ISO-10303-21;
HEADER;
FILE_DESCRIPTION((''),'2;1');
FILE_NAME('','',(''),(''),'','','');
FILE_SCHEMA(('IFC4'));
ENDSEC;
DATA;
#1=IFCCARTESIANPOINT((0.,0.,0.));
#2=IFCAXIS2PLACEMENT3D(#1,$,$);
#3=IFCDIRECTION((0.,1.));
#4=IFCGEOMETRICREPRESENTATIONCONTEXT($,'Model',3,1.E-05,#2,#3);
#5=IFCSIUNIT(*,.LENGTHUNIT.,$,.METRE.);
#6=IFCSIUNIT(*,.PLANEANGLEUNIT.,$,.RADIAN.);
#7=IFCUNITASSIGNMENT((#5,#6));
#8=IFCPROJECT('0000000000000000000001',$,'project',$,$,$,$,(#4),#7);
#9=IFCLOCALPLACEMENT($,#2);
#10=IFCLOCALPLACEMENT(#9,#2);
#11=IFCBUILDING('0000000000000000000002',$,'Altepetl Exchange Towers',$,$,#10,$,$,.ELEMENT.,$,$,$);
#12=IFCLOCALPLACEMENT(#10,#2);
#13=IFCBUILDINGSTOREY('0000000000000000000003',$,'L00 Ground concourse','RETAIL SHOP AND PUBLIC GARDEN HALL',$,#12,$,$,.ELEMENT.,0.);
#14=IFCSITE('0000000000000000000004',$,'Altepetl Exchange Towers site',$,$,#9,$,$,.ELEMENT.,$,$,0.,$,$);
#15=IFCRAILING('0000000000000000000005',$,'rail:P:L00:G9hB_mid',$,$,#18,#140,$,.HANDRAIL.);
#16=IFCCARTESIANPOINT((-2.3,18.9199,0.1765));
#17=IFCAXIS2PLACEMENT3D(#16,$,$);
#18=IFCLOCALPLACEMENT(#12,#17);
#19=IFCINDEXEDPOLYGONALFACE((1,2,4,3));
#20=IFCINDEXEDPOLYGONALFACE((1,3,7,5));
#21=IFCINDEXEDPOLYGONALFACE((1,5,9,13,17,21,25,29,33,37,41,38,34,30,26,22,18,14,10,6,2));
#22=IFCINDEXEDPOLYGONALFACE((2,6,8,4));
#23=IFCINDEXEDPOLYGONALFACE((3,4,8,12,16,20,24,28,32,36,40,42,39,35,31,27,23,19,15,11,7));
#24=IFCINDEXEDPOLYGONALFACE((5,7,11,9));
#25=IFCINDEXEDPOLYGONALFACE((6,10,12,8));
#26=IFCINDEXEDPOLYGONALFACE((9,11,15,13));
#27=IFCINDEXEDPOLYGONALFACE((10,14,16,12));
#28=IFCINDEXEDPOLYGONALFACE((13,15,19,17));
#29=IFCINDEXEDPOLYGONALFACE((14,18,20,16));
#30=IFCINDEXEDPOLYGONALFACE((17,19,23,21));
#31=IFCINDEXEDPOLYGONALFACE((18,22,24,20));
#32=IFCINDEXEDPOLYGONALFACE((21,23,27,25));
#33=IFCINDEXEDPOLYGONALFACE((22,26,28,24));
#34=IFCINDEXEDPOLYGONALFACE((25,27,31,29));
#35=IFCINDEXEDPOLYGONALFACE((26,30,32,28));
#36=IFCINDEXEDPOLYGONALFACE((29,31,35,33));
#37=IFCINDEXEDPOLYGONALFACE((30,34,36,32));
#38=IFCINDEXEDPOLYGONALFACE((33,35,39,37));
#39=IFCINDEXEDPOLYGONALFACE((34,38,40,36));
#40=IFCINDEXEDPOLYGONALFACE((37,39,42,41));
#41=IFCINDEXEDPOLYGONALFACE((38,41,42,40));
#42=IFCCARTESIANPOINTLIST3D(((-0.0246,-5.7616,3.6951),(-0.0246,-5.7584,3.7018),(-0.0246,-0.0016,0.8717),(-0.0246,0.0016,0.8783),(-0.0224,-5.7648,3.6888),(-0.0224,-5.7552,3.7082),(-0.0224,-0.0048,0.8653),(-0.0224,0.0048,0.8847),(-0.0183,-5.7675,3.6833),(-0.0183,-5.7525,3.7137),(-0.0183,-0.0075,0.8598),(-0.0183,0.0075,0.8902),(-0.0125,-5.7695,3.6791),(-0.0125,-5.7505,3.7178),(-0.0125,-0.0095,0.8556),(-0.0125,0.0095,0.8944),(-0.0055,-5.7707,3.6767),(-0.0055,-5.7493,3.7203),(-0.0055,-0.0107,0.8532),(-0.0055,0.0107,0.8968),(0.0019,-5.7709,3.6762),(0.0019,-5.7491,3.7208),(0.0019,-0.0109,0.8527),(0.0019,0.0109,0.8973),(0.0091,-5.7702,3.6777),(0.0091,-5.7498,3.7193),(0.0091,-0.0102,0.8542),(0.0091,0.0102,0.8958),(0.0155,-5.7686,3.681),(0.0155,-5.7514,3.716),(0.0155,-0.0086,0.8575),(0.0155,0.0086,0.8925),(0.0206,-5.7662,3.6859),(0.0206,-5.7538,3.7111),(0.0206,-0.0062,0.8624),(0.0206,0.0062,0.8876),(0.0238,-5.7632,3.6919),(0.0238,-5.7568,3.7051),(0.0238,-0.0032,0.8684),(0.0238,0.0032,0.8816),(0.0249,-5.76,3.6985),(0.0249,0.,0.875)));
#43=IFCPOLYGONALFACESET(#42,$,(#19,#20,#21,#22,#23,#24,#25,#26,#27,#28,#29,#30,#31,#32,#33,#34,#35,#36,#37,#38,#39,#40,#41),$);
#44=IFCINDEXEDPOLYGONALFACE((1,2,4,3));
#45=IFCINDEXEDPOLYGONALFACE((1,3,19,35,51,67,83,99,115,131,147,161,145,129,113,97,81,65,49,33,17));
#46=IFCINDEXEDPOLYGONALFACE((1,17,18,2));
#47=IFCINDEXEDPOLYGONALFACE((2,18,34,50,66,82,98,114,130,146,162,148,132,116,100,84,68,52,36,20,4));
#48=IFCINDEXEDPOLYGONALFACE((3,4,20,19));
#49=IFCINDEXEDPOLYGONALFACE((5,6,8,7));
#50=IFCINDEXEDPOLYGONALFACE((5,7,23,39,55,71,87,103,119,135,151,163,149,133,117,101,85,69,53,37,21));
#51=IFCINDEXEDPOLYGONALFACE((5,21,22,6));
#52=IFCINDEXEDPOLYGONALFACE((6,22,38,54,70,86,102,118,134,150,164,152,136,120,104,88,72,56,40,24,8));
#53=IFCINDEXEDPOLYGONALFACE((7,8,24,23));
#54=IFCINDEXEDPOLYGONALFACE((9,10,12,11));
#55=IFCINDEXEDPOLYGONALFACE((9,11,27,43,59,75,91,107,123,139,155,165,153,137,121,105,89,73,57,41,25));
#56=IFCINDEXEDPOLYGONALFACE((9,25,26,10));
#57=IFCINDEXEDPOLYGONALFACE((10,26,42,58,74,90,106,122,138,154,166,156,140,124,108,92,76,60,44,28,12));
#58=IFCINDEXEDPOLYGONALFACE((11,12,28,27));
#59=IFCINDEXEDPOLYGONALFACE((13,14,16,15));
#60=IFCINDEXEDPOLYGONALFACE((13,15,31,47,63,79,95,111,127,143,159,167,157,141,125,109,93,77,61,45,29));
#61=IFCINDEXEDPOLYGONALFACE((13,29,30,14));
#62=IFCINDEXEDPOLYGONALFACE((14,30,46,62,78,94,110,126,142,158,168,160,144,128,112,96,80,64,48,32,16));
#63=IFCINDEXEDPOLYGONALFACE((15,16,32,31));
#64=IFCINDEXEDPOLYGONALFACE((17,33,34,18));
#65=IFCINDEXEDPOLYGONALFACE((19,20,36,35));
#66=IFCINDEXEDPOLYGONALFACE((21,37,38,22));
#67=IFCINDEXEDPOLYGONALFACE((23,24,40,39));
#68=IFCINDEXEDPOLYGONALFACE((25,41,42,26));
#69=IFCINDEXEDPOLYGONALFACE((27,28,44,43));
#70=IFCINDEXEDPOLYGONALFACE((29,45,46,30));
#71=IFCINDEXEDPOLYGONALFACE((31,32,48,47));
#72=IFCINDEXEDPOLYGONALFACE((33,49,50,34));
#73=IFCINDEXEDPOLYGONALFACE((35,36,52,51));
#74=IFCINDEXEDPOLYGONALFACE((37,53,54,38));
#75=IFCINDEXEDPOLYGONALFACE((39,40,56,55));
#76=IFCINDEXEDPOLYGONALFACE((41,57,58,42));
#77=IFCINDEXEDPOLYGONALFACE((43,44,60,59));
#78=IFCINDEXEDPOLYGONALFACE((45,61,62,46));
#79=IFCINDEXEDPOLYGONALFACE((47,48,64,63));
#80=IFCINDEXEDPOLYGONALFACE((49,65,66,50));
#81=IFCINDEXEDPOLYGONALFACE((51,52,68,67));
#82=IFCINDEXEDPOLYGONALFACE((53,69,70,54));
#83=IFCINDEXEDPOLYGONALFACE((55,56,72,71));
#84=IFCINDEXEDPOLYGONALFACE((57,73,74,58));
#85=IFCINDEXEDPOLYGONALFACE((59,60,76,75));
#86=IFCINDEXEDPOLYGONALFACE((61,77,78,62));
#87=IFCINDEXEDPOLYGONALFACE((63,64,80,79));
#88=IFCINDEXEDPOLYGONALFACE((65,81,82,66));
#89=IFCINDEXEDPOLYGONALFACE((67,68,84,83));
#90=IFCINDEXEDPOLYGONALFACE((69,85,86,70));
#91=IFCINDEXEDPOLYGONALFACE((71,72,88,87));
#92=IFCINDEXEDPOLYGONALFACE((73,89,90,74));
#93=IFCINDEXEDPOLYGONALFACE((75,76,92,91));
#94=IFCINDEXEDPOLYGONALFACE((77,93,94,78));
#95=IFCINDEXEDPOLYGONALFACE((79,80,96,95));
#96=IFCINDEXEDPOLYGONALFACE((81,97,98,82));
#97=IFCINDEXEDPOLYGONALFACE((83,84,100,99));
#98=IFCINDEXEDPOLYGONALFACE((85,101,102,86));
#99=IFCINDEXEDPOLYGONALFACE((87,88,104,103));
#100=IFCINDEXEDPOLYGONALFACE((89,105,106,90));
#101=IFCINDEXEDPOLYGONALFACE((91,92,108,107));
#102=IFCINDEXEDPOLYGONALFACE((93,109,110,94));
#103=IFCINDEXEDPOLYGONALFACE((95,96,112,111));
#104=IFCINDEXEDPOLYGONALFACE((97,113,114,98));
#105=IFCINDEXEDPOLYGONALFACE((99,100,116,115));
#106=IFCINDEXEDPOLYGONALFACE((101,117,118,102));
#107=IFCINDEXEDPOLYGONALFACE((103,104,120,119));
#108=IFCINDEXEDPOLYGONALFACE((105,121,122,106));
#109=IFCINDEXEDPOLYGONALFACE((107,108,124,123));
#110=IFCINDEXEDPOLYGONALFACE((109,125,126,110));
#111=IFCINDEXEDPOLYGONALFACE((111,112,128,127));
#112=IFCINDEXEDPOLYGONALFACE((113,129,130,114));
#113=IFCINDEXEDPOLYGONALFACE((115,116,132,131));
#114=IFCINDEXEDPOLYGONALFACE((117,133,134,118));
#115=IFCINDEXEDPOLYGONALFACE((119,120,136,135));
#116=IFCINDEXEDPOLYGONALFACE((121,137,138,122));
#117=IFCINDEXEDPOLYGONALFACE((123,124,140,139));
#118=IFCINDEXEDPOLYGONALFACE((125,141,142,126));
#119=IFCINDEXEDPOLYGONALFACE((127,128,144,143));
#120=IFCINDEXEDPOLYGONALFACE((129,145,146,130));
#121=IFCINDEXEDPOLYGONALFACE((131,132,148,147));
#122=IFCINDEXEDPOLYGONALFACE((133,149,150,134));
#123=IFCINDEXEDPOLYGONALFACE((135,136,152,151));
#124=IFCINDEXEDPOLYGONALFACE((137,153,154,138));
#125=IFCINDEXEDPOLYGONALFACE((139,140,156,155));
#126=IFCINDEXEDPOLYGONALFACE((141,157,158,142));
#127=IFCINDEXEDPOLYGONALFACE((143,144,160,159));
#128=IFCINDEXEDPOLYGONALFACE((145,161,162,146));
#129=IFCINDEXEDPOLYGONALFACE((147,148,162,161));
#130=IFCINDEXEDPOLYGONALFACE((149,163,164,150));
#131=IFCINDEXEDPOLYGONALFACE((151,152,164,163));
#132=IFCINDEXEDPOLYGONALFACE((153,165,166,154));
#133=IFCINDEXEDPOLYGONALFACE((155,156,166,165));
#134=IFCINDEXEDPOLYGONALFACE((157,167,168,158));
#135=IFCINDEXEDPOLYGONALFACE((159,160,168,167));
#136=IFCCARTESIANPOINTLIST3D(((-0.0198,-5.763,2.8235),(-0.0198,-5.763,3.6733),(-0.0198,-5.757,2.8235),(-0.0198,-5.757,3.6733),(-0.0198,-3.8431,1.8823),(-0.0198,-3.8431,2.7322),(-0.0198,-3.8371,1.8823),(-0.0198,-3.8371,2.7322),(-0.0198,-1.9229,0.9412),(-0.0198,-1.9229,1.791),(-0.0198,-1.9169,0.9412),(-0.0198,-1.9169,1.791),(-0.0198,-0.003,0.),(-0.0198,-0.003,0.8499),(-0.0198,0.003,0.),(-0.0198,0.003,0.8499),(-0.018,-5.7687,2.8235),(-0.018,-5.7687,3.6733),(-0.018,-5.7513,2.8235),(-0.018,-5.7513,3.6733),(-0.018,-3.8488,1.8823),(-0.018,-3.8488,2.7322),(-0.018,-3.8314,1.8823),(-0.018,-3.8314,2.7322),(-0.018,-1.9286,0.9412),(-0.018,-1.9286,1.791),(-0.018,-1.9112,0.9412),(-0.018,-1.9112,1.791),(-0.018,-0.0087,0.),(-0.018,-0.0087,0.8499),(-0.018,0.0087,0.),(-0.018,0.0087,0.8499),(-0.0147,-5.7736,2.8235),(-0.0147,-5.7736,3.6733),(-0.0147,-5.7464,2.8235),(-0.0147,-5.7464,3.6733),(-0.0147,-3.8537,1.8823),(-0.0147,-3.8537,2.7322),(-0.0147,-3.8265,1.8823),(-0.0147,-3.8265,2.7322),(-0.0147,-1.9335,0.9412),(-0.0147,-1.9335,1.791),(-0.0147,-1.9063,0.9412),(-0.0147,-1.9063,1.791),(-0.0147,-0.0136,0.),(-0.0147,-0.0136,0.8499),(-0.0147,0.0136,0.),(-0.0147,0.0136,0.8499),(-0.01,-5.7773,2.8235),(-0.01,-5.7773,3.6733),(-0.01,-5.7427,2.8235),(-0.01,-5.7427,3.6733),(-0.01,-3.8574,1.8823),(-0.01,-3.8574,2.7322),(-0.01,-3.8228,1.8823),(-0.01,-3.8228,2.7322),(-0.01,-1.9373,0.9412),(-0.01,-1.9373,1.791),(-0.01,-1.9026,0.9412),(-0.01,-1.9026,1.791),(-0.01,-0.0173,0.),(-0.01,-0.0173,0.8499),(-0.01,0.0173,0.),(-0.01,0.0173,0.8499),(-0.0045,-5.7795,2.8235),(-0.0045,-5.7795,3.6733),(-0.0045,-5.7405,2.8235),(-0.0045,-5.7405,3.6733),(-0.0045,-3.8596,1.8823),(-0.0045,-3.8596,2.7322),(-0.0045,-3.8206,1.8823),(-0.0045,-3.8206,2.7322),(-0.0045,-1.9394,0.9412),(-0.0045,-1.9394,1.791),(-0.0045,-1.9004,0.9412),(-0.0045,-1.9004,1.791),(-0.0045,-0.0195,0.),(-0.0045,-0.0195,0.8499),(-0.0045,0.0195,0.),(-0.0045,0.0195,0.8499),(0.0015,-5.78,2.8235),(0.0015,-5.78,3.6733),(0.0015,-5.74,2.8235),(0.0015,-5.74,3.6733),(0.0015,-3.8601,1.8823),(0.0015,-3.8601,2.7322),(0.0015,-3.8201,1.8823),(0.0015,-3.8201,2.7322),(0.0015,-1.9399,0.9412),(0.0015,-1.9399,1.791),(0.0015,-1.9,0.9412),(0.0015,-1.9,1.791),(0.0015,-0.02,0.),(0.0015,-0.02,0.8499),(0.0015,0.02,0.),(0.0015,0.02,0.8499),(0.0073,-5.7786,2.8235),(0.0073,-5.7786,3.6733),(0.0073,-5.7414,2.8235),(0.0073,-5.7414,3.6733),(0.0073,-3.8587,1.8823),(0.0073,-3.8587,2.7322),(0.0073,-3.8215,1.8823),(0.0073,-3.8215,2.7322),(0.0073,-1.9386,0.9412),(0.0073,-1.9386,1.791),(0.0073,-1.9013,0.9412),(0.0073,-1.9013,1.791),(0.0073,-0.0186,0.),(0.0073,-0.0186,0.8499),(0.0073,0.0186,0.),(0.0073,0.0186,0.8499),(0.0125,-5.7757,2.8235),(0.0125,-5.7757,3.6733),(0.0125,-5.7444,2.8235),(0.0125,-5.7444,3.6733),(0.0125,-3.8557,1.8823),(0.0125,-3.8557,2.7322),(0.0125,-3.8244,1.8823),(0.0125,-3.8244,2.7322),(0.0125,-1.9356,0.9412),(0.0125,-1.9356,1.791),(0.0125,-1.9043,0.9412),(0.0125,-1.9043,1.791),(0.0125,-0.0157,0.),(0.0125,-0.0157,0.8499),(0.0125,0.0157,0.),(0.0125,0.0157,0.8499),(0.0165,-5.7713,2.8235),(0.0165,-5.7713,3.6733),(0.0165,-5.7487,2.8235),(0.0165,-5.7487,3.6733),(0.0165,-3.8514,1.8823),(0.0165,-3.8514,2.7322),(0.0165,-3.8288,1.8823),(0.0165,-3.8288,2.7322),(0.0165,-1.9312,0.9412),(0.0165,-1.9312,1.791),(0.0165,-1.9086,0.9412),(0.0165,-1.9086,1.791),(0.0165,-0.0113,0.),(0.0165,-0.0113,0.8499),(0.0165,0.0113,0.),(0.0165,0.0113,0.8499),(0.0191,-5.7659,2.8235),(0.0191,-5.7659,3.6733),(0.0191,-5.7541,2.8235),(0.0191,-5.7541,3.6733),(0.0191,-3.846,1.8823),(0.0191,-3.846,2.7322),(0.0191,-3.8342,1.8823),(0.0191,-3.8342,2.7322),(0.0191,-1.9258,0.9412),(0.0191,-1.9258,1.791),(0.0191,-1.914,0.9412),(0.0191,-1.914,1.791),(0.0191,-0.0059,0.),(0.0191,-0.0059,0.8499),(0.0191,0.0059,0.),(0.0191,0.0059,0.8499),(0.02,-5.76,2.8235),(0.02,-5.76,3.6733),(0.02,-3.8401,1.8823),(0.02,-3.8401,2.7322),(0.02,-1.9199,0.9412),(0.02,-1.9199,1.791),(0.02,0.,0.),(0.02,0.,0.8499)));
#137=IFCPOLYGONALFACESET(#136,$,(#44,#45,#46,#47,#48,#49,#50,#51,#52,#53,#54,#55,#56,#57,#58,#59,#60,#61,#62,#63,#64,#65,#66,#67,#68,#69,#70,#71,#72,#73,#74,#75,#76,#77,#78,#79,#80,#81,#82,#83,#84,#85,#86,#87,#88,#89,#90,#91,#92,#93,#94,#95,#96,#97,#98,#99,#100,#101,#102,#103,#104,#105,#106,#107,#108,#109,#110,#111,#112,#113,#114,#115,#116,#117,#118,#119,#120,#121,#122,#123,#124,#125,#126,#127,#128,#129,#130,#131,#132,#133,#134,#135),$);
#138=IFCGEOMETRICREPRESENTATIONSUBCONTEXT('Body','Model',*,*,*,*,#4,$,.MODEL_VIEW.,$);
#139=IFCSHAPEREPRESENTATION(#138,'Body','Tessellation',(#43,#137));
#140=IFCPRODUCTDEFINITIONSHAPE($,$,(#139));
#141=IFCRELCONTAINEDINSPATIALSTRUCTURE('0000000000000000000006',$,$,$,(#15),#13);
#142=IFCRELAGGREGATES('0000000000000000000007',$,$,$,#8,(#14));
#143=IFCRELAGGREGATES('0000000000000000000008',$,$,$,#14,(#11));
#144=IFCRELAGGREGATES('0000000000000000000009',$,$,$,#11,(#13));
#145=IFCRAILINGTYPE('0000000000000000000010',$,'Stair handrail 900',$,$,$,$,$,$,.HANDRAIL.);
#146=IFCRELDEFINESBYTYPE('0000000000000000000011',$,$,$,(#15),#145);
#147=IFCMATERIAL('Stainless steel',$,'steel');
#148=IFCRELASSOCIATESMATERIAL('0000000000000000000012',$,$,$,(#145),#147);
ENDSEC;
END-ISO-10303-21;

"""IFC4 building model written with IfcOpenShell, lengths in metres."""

from ifc_helpers import new_model, si_unit, direction, frame, origin, origin_2d, place, context, subcontext, project, spatial, circle, extrude, source, transform, mapped, material, type_object, element, save


model = new_model("IFC4")

# Units and contexts
model_context = context("Model", 3, precision=1e-05, world=origin(), true_north=direction((0.0, 1.0)))
body_context = subcontext(model_context, "Body", "Model", "MODEL_VIEW")
ifc_project = project(units=[si_unit("LENGTHUNIT", "METRE"), si_unit("PLANEANGLEUNIT", "RADIAN")], contexts=[model_context])

# Site, building, storey
site_placement = place(None, origin())
site = spatial("IfcSite", under=ifc_project, at=site_placement, Name="Altepetl Exchange Towers site", CompositionType="ELEMENT", RefElevation=0.0)
building_placement = place(site_placement, origin())
building = spatial("IfcBuilding", under=site, at=building_placement, Name="Altepetl Exchange Towers", CompositionType="ELEMENT")
storey_placement = place(building_placement, origin())
storey = spatial("IfcBuildingStorey", under=building, at=storey_placement, Name="L00 Ground concourse", Description="RETAIL SHOP AND PUBLIC GARDEN HALL", CompositionType="ELEMENT", Elevation=0.0)

# Railing
ifc_material_1 = material(Name="Stainless steel", Category="steel")
railing_type_1 = type_object("IfcRailingType", Name="Stair handrail 900", PredefinedType="HANDRAIL", material=ifc_material_1)
shared_shape_1 = source(origin(), body_context, "Body", "SweptSolid", [
    extrude(circle(Radius=0.02, at=origin_2d()), origin(), (0.0, 0.0, 1.0), 0.8499),
])
for number, where, name in (
    (1, (-2.3, 18.9199, 0.1765), "rail:P:L00:G9hB_mid"),
):
    element("IfcRailing", number, at=place(storey_placement, frame(where)), inside=storey, type_object=railing_type_1, Name=name, PredefinedType="HANDRAIL", context=body_context, shape_type="SweptSolid", body=[
        extrude(circle(Radius=0.0249, at=origin_2d()), frame((0.0, 0.0, 0.875), z_axis=(0.0, -0.897924, 0.440151), x_axis=(1.0, 0.0, 0.0)), (0.0, 0.0, 1.0), 6.4148),
        mapped(shared_shape_1, transform((0.0, 0.0, 0.0))),
        mapped(shared_shape_1, transform((0.0, -1.9199, 0.9412))),
        mapped(shared_shape_1, transform((0.0, -3.8401, 1.8823))),
        mapped(shared_shape_1, transform((0.0, -5.76, 2.8235))),
    ])

save(model, "model.ifc")
